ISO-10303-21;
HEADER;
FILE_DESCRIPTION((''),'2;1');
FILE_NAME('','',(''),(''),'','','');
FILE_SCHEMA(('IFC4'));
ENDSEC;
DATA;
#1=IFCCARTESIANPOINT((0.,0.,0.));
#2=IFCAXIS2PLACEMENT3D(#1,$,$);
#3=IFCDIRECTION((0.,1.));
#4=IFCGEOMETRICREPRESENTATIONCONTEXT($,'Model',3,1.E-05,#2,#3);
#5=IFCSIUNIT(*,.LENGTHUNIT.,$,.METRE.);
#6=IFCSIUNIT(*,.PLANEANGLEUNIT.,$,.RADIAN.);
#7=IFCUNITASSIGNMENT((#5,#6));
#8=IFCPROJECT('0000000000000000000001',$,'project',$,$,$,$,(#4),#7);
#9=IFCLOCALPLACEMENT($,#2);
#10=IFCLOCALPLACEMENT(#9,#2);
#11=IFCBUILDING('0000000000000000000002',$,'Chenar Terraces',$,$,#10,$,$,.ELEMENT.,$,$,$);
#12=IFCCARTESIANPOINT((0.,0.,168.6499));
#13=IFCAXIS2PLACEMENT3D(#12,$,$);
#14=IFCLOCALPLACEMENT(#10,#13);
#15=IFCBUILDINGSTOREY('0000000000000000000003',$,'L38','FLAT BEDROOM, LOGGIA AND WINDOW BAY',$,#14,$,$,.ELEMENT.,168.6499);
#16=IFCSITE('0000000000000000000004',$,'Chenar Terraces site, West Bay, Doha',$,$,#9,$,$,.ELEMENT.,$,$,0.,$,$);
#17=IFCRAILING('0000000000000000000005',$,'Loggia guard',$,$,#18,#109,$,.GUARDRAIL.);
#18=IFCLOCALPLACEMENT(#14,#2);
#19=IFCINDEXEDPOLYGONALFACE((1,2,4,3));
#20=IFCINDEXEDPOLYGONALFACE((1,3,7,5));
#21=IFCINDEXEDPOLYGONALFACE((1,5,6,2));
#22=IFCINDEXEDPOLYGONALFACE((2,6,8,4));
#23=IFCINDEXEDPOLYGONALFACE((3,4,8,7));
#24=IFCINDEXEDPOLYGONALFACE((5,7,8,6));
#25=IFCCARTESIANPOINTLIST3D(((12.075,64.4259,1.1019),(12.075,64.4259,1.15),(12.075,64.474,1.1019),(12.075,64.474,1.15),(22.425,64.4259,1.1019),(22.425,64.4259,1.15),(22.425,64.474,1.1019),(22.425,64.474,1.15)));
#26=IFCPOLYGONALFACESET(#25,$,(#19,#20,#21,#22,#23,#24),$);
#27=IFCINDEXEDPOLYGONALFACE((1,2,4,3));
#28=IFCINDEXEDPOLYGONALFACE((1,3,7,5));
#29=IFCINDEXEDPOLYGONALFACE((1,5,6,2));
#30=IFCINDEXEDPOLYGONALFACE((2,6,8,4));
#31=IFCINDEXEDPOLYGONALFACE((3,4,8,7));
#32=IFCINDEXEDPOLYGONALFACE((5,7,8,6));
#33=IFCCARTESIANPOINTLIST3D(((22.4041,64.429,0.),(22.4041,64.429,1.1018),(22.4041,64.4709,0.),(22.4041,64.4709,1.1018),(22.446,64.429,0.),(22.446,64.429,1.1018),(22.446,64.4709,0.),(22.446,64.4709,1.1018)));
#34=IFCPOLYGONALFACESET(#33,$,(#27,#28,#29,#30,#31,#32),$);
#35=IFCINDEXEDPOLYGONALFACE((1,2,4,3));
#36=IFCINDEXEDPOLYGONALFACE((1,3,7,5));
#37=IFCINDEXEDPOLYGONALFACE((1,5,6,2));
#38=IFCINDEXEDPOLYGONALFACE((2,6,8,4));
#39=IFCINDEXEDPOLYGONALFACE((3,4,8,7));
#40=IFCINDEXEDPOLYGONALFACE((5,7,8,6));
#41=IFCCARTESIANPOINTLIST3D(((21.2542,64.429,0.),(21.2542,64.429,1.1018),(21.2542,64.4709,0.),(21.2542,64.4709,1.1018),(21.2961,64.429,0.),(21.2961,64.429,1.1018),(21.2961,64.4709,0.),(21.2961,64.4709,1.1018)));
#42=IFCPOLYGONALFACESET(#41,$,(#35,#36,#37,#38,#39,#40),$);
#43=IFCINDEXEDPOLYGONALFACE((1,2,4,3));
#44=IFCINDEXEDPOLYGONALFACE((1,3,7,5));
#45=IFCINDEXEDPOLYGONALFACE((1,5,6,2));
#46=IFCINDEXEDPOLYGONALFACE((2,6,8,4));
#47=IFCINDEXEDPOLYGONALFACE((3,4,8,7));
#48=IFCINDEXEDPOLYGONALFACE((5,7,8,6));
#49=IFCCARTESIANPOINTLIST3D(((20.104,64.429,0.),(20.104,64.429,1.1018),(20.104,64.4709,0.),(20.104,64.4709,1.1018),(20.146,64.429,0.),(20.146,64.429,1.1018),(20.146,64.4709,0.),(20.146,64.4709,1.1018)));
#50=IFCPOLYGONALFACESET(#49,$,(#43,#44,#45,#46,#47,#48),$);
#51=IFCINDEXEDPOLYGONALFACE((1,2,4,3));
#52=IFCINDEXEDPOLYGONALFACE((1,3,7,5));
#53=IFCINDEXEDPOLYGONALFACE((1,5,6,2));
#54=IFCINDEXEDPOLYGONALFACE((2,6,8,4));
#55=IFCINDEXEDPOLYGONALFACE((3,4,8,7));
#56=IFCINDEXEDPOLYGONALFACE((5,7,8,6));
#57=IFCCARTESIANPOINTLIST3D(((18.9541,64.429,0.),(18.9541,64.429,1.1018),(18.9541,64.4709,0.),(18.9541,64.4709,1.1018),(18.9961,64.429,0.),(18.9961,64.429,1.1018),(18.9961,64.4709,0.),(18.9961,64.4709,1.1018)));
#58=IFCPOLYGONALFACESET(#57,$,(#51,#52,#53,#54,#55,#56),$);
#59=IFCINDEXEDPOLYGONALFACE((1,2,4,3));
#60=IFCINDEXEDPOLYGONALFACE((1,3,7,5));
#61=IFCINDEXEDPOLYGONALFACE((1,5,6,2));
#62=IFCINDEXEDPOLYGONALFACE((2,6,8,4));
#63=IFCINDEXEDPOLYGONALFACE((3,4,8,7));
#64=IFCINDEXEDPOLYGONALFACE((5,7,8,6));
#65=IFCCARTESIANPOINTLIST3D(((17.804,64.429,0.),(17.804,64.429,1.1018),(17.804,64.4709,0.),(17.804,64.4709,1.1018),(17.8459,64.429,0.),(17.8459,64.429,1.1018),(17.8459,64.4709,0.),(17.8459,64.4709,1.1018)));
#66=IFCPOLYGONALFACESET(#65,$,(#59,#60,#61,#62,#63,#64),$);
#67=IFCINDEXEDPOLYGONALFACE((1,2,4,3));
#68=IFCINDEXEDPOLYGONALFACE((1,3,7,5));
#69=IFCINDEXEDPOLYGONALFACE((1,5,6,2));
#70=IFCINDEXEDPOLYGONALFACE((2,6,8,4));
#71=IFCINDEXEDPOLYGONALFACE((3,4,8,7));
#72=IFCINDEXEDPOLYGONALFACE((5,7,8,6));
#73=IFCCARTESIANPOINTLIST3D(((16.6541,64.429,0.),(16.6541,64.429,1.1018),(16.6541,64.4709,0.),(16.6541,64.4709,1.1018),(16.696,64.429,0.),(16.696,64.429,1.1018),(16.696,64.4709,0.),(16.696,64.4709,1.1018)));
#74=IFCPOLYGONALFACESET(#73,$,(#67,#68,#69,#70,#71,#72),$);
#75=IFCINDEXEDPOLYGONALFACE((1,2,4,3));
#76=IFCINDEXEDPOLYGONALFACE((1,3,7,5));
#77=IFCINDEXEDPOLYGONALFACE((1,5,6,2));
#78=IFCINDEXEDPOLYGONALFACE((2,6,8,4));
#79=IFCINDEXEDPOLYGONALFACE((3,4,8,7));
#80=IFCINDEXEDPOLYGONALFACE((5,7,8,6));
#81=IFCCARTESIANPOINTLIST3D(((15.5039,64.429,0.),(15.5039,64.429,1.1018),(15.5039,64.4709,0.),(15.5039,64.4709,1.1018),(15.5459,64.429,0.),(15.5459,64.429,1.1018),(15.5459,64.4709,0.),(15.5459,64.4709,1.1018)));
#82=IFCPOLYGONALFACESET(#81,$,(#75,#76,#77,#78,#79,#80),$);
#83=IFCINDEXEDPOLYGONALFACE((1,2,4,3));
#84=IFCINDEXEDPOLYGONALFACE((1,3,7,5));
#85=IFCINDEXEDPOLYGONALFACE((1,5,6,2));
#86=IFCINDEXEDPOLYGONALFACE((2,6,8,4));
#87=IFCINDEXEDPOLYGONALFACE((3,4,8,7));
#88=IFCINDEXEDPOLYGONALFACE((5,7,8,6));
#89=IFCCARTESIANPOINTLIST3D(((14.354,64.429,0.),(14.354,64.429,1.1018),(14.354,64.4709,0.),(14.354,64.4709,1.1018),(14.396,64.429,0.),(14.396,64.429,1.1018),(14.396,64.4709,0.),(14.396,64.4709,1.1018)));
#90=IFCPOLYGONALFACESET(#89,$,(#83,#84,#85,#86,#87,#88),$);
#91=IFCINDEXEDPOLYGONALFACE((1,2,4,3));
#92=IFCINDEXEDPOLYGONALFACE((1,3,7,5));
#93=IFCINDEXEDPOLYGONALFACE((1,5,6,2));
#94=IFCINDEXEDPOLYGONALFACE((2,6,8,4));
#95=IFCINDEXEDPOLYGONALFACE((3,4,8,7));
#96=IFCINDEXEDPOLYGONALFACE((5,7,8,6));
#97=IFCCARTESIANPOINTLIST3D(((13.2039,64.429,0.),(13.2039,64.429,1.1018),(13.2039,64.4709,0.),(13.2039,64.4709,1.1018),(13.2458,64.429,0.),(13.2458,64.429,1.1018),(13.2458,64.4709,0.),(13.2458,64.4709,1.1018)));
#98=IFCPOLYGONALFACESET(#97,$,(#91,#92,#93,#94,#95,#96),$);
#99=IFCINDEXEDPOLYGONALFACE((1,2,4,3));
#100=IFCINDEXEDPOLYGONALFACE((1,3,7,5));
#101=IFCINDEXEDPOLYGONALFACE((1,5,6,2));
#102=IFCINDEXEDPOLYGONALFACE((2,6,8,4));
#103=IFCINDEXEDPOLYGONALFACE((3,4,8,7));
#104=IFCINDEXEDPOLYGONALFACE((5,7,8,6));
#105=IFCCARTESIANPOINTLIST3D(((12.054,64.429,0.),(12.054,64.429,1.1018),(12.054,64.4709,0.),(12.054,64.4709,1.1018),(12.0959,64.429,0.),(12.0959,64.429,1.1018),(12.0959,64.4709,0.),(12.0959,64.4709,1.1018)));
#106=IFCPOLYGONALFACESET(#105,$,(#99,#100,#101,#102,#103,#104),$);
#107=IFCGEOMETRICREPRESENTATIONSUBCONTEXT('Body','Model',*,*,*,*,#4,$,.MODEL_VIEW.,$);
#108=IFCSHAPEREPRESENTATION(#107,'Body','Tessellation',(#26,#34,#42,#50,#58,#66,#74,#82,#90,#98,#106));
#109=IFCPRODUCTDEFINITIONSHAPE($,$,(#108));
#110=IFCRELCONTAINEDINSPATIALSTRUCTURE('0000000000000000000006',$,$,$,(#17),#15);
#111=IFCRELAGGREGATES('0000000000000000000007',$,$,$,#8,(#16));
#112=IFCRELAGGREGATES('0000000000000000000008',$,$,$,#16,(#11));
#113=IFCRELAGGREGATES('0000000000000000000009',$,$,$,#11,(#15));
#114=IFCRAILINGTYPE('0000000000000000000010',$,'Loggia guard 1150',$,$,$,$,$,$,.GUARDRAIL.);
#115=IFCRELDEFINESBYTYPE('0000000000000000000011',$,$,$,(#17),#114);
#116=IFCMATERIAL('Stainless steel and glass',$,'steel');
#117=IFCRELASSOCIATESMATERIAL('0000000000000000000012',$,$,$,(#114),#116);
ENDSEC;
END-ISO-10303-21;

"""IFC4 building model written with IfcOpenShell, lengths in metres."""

from ifc_helpers import new_model, si_unit, direction, frame, origin, origin_2d, place, context, subcontext, project, spatial, rectangle, extrude, material, type_object, element, save


model = new_model("IFC4")

# Units and contexts
model_context = context("Model", 3, precision=1e-05, world=origin(), true_north=direction((0.0, 1.0)))
body_context = subcontext(model_context, "Body", "Model", "MODEL_VIEW")
ifc_project = project(units=[si_unit("LENGTHUNIT", "METRE"), si_unit("PLANEANGLEUNIT", "RADIAN")], contexts=[model_context])

# Site, building, storey
site_placement = place(None, origin())
site = spatial("IfcSite", under=ifc_project, at=site_placement, Name="Chenar Terraces site, West Bay, Doha", CompositionType="ELEMENT", RefElevation=0.0)
building_placement = place(site_placement, origin())
building = spatial("IfcBuilding", under=site, at=building_placement, Name="Chenar Terraces", CompositionType="ELEMENT")
storey_placement = place(building_placement, frame((0.0, 0.0, 168.6499)))
storey = spatial("IfcBuildingStorey", under=building, at=storey_placement, Name="L38", Description="FLAT BEDROOM, LOGGIA AND WINDOW BAY", CompositionType="ELEMENT", Elevation=168.6499)

# Railing
ifc_material_1 = material(Name="Stainless steel and glass", Category="steel")
railing_type_1 = type_object("IfcRailingType", Name="Loggia guard 1150", PredefinedType="GUARDRAIL", material=ifc_material_1)
railing_1_placement = place(storey_placement, frame((22.425, 64.45, 0.0)))
element("IfcRailing", 1, at=railing_1_placement, inside=storey, type_object=railing_type_1, Name="Loggia guard", PredefinedType="GUARDRAIL", context=body_context, shape_type="SweptSolid", body=[
    extrude(rectangle(XDim=0.0481, YDim=0.0481, at=origin_2d()), frame((0.0, 0.0, 1.126), z_axis=(-1.0, 0.0, 0.0), x_axis=(0.0, -1.0, 0.0)), (0.0, 0.0, 1.0), 10.3501),
    extrude(rectangle(XDim=0.042, YDim=0.042, at=origin_2d()), origin(), (0.0, 0.0, 1.0), 1.1018),
    extrude(rectangle(XDim=0.042, YDim=0.042, at=origin_2d()), frame((-1.1499, 0.0, 0.0)), (0.0, 0.0, 1.0), 1.1018),
    extrude(rectangle(XDim=0.042, YDim=0.042, at=origin_2d()), frame((-2.3, 0.0, 0.0)), (0.0, 0.0, 1.0), 1.1018),
    extrude(rectangle(XDim=0.042, YDim=0.042, at=origin_2d()), frame((-3.45, 0.0, 0.0)), (0.0, 0.0, 1.0), 1.1018),
    extrude(rectangle(XDim=0.042, YDim=0.042, at=origin_2d()), frame((-4.6001, 0.0, 0.0)), (0.0, 0.0, 1.0), 1.1018),
    extrude(rectangle(XDim=0.042, YDim=0.042, at=origin_2d()), frame((-5.75, 0.0, 0.0)), (0.0, 0.0, 1.0), 1.1018),
    extrude(rectangle(XDim=0.042, YDim=0.042, at=origin_2d()), frame((-6.9001, 0.0, 0.0)), (0.0, 0.0, 1.0), 1.1018),
    extrude(rectangle(XDim=0.042, YDim=0.042, at=origin_2d()), frame((-8.05, 0.0, 0.0)), (0.0, 0.0, 1.0), 1.1018),
    extrude(rectangle(XDim=0.042, YDim=0.042, at=origin_2d()), frame((-9.2002, 0.0, 0.0)), (0.0, 0.0, 1.0), 1.1018),
    extrude(rectangle(XDim=0.042, YDim=0.042, at=origin_2d()), frame((-10.3501, 0.0, 0.0)), (0.0, 0.0, 1.0), 1.1018),
])

save(model, "model.ifc")
